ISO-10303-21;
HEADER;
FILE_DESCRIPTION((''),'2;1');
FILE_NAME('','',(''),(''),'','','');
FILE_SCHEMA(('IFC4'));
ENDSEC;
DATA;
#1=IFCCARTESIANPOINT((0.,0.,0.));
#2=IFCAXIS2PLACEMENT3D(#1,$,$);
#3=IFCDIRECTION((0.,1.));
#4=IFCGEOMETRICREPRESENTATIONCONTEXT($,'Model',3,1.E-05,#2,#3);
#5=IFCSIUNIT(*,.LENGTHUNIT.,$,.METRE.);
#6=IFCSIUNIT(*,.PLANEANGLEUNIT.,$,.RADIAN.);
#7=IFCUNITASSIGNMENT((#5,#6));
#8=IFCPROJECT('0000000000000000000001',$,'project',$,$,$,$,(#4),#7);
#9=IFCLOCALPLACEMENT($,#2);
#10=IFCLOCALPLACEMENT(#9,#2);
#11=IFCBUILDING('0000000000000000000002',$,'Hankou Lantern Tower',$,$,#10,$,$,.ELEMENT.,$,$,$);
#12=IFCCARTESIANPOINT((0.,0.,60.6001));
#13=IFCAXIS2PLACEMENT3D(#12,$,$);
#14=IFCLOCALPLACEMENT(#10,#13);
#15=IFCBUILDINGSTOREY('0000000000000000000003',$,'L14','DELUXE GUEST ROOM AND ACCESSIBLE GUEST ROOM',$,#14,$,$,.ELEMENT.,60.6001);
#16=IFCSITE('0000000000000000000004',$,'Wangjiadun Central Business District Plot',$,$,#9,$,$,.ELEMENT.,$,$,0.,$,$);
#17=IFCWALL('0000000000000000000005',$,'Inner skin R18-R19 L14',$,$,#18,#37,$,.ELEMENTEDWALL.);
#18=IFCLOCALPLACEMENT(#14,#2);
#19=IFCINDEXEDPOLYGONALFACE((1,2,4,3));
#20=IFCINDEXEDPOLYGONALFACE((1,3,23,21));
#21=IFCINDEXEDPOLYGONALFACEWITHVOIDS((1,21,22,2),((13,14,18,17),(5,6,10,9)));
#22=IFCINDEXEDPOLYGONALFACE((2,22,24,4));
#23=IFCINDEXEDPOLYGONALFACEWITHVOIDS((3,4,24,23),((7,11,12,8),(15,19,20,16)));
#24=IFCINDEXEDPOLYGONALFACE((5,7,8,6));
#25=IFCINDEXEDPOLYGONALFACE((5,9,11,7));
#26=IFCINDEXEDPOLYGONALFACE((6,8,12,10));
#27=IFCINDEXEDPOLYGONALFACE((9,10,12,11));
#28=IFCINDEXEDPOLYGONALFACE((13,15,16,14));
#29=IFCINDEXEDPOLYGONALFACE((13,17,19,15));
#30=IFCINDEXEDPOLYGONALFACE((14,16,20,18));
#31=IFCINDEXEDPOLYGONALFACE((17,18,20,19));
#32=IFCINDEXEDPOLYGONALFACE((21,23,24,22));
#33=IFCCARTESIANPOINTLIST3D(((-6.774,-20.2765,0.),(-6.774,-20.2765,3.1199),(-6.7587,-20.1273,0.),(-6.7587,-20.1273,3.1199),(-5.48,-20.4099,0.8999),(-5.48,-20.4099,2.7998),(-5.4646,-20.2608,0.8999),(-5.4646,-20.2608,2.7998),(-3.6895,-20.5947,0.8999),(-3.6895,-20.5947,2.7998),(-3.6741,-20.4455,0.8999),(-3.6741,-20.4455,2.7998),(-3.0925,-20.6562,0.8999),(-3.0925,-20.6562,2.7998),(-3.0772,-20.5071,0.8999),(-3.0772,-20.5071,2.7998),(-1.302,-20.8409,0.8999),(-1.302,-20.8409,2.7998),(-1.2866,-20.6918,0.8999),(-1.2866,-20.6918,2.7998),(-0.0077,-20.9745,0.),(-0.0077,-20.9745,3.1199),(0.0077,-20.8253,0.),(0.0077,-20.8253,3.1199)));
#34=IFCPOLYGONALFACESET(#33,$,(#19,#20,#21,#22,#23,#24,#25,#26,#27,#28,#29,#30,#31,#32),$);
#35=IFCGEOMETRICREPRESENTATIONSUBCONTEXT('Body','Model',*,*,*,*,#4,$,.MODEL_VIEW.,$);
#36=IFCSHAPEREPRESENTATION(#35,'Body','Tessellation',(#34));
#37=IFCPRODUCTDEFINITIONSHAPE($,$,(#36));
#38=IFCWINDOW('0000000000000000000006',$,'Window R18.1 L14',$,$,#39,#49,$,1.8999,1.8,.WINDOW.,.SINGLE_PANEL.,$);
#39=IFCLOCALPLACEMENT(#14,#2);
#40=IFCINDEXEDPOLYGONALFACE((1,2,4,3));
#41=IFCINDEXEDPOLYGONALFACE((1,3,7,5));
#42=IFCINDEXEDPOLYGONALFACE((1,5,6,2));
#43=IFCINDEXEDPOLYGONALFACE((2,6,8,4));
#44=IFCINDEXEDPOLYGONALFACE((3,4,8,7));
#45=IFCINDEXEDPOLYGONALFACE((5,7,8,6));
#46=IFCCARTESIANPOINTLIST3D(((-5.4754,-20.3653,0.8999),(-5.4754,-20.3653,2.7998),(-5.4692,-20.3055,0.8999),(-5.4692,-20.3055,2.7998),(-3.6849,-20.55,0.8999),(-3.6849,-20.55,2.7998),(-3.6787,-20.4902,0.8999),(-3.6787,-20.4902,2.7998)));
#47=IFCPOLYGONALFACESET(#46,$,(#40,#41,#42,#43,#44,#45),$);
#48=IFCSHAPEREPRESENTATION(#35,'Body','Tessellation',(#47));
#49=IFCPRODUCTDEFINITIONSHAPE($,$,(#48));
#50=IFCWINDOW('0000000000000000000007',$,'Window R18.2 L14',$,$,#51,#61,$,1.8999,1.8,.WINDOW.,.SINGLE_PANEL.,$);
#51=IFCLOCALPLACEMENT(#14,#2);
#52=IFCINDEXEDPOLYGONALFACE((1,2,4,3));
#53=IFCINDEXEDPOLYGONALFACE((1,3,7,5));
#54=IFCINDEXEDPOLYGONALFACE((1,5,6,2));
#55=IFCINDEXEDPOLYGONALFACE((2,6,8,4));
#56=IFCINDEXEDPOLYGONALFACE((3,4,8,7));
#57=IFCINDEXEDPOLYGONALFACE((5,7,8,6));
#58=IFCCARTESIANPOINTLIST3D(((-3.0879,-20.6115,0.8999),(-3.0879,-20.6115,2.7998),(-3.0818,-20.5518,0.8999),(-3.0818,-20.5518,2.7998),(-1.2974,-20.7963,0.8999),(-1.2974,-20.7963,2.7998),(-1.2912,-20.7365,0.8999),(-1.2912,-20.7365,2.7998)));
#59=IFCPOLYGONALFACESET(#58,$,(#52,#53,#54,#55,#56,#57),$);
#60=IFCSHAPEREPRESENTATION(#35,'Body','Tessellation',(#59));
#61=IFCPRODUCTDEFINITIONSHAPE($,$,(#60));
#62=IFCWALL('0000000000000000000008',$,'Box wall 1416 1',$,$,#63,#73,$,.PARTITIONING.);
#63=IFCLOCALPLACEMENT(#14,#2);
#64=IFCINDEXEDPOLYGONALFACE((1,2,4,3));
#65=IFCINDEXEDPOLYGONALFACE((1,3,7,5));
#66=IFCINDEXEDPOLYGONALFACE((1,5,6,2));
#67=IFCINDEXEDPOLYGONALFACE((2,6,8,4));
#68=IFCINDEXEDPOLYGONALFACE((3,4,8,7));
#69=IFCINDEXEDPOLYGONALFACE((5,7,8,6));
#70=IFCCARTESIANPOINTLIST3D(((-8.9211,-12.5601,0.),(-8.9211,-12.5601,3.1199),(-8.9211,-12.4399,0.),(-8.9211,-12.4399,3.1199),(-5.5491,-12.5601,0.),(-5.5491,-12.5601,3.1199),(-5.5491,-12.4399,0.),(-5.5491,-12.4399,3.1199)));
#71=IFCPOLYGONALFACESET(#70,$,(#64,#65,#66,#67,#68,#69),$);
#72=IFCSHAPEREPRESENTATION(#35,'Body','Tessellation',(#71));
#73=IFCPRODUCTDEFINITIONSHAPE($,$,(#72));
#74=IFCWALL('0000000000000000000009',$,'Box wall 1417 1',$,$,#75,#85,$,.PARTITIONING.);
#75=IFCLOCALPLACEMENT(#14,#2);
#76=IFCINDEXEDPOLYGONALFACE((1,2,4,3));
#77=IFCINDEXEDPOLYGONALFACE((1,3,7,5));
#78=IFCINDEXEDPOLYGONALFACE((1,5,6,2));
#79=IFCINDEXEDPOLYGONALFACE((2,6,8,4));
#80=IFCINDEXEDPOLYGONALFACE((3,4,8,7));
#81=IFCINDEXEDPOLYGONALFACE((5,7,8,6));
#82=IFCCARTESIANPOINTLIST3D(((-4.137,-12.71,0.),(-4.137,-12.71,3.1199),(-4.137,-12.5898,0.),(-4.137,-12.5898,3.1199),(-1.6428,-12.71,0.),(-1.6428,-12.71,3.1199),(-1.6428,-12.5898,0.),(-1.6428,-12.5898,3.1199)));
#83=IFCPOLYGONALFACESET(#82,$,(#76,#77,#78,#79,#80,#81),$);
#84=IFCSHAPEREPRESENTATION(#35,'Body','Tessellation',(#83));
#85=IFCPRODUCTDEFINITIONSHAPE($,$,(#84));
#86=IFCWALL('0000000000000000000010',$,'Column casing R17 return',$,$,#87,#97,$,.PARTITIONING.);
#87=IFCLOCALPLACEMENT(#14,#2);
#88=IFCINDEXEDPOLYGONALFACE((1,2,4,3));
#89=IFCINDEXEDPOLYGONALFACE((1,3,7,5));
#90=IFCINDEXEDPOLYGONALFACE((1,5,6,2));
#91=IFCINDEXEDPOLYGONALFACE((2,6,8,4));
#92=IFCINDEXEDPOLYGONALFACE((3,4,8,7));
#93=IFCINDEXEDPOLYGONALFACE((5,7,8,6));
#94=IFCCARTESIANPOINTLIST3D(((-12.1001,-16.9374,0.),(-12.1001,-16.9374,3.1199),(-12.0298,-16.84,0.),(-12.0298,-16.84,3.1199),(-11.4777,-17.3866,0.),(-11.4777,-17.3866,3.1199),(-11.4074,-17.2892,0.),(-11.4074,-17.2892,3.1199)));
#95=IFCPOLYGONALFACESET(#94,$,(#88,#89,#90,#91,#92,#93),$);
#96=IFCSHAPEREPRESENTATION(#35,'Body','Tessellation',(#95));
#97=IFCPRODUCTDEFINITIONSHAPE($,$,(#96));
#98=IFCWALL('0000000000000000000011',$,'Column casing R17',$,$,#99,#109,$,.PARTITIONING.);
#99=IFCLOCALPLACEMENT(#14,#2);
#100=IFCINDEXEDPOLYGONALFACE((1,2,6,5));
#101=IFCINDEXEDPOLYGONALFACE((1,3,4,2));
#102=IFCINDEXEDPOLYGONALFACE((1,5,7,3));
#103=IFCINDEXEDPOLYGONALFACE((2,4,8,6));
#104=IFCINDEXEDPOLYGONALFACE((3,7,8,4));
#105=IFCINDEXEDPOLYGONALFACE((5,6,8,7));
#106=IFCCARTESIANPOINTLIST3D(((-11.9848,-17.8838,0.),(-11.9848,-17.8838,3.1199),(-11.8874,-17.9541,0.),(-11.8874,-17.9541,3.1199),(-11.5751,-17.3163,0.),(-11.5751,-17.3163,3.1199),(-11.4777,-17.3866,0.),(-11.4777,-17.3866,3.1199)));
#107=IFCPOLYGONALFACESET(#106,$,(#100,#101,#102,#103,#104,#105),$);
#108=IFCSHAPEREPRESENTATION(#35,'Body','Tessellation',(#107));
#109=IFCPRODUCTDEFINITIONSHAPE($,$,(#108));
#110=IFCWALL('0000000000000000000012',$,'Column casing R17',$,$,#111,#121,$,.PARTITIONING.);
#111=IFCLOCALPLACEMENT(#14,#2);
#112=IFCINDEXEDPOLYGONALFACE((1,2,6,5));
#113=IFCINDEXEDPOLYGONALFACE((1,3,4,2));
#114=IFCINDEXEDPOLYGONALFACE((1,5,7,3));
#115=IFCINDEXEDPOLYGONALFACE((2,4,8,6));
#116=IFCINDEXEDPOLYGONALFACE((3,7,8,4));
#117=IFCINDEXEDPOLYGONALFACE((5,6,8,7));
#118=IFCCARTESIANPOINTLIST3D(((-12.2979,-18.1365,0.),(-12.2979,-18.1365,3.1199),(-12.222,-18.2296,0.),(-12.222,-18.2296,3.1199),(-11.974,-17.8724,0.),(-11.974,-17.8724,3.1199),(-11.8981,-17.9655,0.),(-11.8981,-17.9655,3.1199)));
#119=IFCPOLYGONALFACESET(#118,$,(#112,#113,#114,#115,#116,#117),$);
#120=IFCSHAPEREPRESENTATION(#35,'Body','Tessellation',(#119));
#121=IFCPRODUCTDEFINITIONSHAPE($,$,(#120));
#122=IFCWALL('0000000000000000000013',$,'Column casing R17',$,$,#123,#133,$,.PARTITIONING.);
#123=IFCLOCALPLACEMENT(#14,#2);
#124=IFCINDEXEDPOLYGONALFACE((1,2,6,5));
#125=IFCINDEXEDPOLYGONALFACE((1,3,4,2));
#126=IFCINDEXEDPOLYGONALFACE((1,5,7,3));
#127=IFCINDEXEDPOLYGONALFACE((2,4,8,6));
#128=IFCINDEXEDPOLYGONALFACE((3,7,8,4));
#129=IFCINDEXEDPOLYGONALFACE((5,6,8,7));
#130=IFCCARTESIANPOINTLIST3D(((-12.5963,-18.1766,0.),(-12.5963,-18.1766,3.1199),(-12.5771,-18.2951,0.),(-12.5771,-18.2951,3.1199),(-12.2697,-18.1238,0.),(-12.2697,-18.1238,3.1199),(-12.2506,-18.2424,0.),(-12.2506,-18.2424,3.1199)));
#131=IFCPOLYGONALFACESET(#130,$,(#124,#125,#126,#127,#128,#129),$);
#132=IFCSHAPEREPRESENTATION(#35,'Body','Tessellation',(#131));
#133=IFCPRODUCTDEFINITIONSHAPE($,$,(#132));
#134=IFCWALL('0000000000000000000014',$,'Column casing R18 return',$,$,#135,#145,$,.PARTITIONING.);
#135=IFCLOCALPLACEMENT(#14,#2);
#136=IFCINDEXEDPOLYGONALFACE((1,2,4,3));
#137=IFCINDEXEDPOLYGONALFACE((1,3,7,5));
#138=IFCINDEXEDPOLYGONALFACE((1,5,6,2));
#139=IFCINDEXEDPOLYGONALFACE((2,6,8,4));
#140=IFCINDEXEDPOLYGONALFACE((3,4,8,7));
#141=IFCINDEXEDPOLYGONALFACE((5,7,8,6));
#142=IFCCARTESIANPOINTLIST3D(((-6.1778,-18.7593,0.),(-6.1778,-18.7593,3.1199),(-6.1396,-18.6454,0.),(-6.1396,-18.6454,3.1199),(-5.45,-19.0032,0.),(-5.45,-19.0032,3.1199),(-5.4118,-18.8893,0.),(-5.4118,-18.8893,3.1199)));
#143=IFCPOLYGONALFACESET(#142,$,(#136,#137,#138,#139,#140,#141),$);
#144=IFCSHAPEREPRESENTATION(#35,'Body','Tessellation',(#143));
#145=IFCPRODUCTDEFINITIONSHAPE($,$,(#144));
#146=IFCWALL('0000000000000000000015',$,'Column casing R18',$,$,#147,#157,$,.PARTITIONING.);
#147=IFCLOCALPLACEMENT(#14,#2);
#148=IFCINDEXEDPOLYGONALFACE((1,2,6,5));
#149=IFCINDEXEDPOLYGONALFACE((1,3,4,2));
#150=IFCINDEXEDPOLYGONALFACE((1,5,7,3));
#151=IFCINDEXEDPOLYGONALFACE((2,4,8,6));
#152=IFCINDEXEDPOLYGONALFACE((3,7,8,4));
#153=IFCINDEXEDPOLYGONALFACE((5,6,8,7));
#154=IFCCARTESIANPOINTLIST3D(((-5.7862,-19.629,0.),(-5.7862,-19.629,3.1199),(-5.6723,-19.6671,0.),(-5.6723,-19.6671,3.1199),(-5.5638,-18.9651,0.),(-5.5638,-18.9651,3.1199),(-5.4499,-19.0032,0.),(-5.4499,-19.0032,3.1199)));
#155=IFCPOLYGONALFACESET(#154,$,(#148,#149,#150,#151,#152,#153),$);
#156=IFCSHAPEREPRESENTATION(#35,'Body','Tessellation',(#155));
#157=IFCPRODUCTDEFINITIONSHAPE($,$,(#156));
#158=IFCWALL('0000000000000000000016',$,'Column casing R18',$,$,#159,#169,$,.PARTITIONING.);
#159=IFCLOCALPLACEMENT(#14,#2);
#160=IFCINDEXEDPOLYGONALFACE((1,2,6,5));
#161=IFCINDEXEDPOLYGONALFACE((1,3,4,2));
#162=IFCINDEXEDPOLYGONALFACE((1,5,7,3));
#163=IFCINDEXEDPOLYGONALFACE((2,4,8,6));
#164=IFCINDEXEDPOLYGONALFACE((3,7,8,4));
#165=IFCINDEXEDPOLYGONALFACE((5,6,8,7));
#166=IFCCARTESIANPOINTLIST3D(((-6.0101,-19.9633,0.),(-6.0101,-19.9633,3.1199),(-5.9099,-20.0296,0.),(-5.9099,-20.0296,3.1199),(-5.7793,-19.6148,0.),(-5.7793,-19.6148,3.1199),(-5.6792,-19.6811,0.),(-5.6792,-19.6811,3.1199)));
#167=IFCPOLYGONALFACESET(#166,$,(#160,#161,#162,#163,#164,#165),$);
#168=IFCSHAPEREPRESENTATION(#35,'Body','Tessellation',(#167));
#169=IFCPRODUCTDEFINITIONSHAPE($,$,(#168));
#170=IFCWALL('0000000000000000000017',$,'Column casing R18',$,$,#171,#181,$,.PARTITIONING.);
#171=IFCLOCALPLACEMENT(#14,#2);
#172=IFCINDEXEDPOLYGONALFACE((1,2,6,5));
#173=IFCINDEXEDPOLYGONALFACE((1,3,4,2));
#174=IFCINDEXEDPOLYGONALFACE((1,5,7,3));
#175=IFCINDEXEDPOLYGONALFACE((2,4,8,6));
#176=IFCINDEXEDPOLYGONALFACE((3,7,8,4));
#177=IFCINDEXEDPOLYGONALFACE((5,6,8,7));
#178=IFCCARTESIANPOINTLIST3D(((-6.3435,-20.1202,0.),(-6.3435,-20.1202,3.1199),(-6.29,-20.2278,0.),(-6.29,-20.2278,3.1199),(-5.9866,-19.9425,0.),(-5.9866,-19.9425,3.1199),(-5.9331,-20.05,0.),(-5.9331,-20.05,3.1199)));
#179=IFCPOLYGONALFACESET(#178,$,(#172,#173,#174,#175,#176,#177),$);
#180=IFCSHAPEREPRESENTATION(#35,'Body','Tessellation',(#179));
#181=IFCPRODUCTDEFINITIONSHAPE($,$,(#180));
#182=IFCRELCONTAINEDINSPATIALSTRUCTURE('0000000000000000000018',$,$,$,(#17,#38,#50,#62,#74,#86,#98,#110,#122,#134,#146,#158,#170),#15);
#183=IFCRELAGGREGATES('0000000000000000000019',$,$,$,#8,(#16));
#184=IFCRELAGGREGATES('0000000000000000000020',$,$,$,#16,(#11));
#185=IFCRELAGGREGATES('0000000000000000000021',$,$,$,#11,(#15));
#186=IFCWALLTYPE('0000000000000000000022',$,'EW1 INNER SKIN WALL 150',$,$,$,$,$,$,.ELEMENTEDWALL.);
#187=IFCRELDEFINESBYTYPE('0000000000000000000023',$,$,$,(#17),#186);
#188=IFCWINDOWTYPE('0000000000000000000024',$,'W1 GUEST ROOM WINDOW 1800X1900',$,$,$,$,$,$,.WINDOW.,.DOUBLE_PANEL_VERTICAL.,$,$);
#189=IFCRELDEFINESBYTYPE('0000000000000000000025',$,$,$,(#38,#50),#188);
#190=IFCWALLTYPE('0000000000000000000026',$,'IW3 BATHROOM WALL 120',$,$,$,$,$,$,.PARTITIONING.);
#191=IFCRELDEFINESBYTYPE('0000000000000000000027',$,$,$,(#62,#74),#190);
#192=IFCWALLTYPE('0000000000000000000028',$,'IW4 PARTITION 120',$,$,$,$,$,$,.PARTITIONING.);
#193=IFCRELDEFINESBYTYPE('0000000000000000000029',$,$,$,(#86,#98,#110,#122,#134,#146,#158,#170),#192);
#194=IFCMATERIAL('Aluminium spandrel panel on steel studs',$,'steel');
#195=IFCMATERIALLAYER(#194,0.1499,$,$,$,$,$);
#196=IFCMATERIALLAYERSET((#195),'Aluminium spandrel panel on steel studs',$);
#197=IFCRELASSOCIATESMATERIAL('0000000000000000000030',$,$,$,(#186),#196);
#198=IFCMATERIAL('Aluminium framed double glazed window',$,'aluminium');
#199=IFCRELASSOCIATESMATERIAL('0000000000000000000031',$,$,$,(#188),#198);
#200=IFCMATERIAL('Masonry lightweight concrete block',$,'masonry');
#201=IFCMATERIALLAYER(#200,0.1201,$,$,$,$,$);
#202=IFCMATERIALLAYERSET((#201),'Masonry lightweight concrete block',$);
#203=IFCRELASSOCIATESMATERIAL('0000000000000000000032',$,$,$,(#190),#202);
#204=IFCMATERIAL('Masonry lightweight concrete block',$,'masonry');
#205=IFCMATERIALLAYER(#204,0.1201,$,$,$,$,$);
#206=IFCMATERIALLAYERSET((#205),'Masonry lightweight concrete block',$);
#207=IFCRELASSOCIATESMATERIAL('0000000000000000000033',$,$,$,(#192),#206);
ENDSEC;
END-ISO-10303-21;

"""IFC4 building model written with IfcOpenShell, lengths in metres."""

from ifc_helpers import new_model, si_unit, direction, frame, frame_2d, origin, place, context, subcontext, project, spatial, rectangle, extrude, material, layer, layer_set, type_object, element, fill, save


model = new_model("IFC4")

# Units and contexts
model_context = context("Model", 3, precision=1e-05, world=origin(), true_north=direction((0.0, 1.0)))
body_context = subcontext(model_context, "Body", "Model", "MODEL_VIEW")
ifc_project = project(units=[si_unit("LENGTHUNIT", "METRE"), si_unit("PLANEANGLEUNIT", "RADIAN")], contexts=[model_context])

# Site, building, storey
site_placement = place(None, origin())
site = spatial("IfcSite", under=ifc_project, at=site_placement, Name="Wangjiadun Central Business District Plot", CompositionType="ELEMENT", RefElevation=0.0)
building_placement = place(site_placement, origin())
building = spatial("IfcBuilding", under=site, at=building_placement, Name="Hankou Lantern Tower", CompositionType="ELEMENT")
storey_placement = place(building_placement, frame((0.0, 0.0, 60.6001)))
storey = spatial("IfcBuildingStorey", under=building, at=storey_placement, Name="L14", Description="DELUXE GUEST ROOM AND ACCESSIBLE GUEST ROOM", CompositionType="ELEMENT", Elevation=60.6001)

# Wall, openings, windows
ifc_material_1 = material(Name="Aluminium spandrel panel on steel studs", Category="steel")
ifc_layer_1 = layer(ifc_material_1, 0.1499)
ifc_layer_set_1 = layer_set([ifc_layer_1], Name="Aluminium spandrel panel on steel studs")
wall_type_1 = type_object("IfcWallType", Name="EW1 INNER SKIN WALL 150", PredefinedType="ELEMENTEDWALL", material=ifc_layer_set_1)
wall_1_placement = place(storey_placement, frame((-6.7664, -20.2019, 0.0), z_axis=(0.0, 0.0, 1.0), x_axis=(0.994721, -0.102613, 0.0)))
wall_1 = element("IfcWall", 1, at=wall_1_placement, inside=storey, type_object=wall_type_1, Name="Inner skin R18-R19 L14", PredefinedType="ELEMENTEDWALL", context=body_context, shape_type="SweptSolid", body=[
    extrude(rectangle(XDim=6.8022, YDim=0.1499, at=frame_2d((3.4011, 0.0))), origin(), (0.0, 0.0, 1.0), 3.1199),
])
opening_1_placement = place(wall_1_placement, frame((1.301, 0.0, 0.8999)))
opening_1 = element("IfcOpeningElement", 2, at=opening_1_placement, cuts=wall_1, PredefinedType="OPENING", context=body_context, shape_type="SweptSolid", body=[
    extrude(rectangle(XDim=1.8, YDim=1.8999, at=frame_2d((0.8999, 0.95))), frame((0.0, 0.085, 0.0), z_axis=(0.0, -1.0, 0.0), x_axis=(1.0, 0.0, 0.0)), (0.0, 0.0, 1.0), 0.1699),
])
opening_2_placement = place(wall_1_placement, frame((3.7012, 0.0, 0.8999)))
opening_2 = element("IfcOpeningElement", 3, at=opening_2_placement, cuts=wall_1, PredefinedType="OPENING", context=body_context, shape_type="SweptSolid", body=[
    extrude(rectangle(XDim=1.8, YDim=1.8999, at=frame_2d((0.8999, 0.95))), frame((0.0, 0.085, 0.0), z_axis=(0.0, -1.0, 0.0), x_axis=(1.0, 0.0, 0.0)), (0.0, 0.0, 1.0), 0.1699),
])
ifc_material_2 = material(Name="Aluminium framed double glazed window", Category="aluminium")
window_type = type_object("IfcWindowType", Name="W1 GUEST ROOM WINDOW 1800X1900", PartitioningType="DOUBLE_PANEL_VERTICAL", PredefinedType="WINDOW", material=ifc_material_2)
window_1_placement = place(opening_1_placement, origin())
window_1 = element("IfcWindow", 4, at=window_1_placement, inside=storey, type_object=window_type, Name="Window R18.1 L14", OverallHeight=1.8999, OverallWidth=1.8, PartitioningType="SINGLE_PANEL", PredefinedType="WINDOW", context=body_context, shape_type="SweptSolid", body=[
    extrude(rectangle(XDim=1.8, YDim=1.8999, at=frame_2d((0.8999, 0.95))), frame((0.0, 0.03, 0.0), z_axis=(0.0, -1.0, 0.0), x_axis=(1.0, 0.0, 0.0)), (0.0, 0.0, 1.0), 0.0601),
])
fill(opening_1, window_1)
window_2_placement = place(opening_2_placement, origin())
window_2 = element("IfcWindow", 5, at=window_2_placement, inside=storey, type_object=window_type, Name="Window R18.2 L14", OverallHeight=1.8999, OverallWidth=1.8, PartitioningType="SINGLE_PANEL", PredefinedType="WINDOW", context=body_context, shape_type="SweptSolid", body=[
    extrude(rectangle(XDim=1.8, YDim=1.8999, at=frame_2d((0.8999, 0.95))), frame((0.0, 0.03, 0.0), z_axis=(0.0, -1.0, 0.0), x_axis=(1.0, 0.0, 0.0)), (0.0, 0.0, 1.0), 0.0601),
])
fill(opening_2, window_2)

# Walls
ifc_material_3 = material(Name="Masonry lightweight concrete block", Category="masonry")
ifc_layer_2 = layer(ifc_material_3, 0.1201)
ifc_layer_set_2 = layer_set([ifc_layer_2], Name="Masonry lightweight concrete block")
wall_type_2 = type_object("IfcWallType", Name="IW3 BATHROOM WALL 120", PredefinedType="PARTITIONING", material=ifc_layer_set_2)
wall_2_placement = place(storey_placement, frame((-8.9211, -12.5, 0.0), z_axis=(0.0, 0.0, 1.0), x_axis=(1.0, 0.0, 0.0)))
element("IfcWall", 6, at=wall_2_placement, inside=storey, type_object=wall_type_2, Name="Box wall 1416 1", PredefinedType="PARTITIONING", context=body_context, shape_type="SweptSolid", body=[
    extrude(rectangle(XDim=3.3721, YDim=0.1201, at=frame_2d((1.686, 0.0))), origin(), (0.0, 0.0, 1.0), 3.1199),
])
wall_3_placement = place(storey_placement, frame((-4.137, -12.6499, 0.0), z_axis=(0.0, 0.0, 1.0), x_axis=(1.0, 0.0, 0.0)))
element("IfcWall", 7, at=wall_3_placement, inside=storey, type_object=wall_type_2, Name="Box wall 1417 1", PredefinedType="PARTITIONING", context=body_context, shape_type="SweptSolid", body=[
    extrude(rectangle(XDim=2.4941, YDim=0.1201, at=frame_2d((1.2471, 0.0))), origin(), (0.0, 0.0, 1.0), 3.1199),
])
ifc_material_4 = material(Name="Masonry lightweight concrete block", Category="masonry")
ifc_layer_3 = layer(ifc_material_4, 0.1201)
ifc_layer_set_3 = layer_set([ifc_layer_3], Name="Masonry lightweight concrete block")
wall_type_3 = type_object("IfcWallType", Name="IW4 PARTITION 120", PredefinedType="PARTITIONING", material=ifc_layer_set_3)
wall_4_placement = place(storey_placement, frame((-12.0649, -16.8887, 0.0), z_axis=(0.0, 0.0, 1.0), x_axis=(0.810822, -0.585293, 0.0)))
element("IfcWall", 8, at=wall_4_placement, inside=storey, type_object=wall_type_3, Name="Column casing R17 return", PredefinedType="PARTITIONING", context=body_context, shape_type="SweptSolid", body=[
    extrude(rectangle(XDim=0.7676, YDim=0.1201, at=frame_2d((0.3838, 0.0))), origin(), (0.0, 0.0, 1.0), 3.1199),
])
wall_5_placement = place(storey_placement, frame((-11.5264, -17.3513, 0.0), z_axis=(0.0, 0.0, 1.0), x_axis=(-0.585223, -0.810872, 0.0)))
element("IfcWall", 9, at=wall_5_placement, inside=storey, type_object=wall_type_3, Name="Column casing R17", PredefinedType="PARTITIONING", context=body_context, shape_type="SweptSolid", body=[
    extrude(rectangle(XDim=0.7, YDim=0.1201, at=frame_2d((0.3501, 0.0))), origin(), (0.0, 0.0, 1.0), 3.1199),
])
wall_6_placement = place(storey_placement, frame((-11.936, -17.9189, 0.0), z_axis=(0.0, 0.0, 1.0), x_axis=(-0.775023, -0.631933, 0.0)))
element("IfcWall", 10, at=wall_6_placement, inside=storey, type_object=wall_type_3, Name="Column casing R17", PredefinedType="PARTITIONING", context=body_context, shape_type="SweptSolid", body=[
    extrude(rectangle(XDim=0.418, YDim=0.1201, at=frame_2d((0.209, 0.0))), origin(), (0.0, 0.0, 1.0), 3.1199),
])
wall_7_placement = place(storey_placement, frame((-12.26, -18.1831, 0.0), z_axis=(0.0, 0.0, 1.0), x_axis=(-0.987219, -0.159372, 0.0)))
element("IfcWall", 11, at=wall_7_placement, inside=storey, type_object=wall_type_3, Name="Column casing R17", PredefinedType="PARTITIONING", context=body_context, shape_type="SweptSolid", body=[
    extrude(rectangle(XDim=0.3308, YDim=0.1201, at=frame_2d((0.1655, 0.0))), origin(), (0.0, 0.0, 1.0), 3.1199),
])
wall_8_placement = place(storey_placement, frame((-6.1587, -18.7024, 0.0), z_axis=(0.0, 0.0, 1.0), x_axis=(0.948173, -0.317754, 0.0)))
element("IfcWall", 12, at=wall_8_placement, inside=storey, type_object=wall_type_3, Name="Column casing R18 return", PredefinedType="PARTITIONING", context=body_context, shape_type="SweptSolid", body=[
    extrude(rectangle(XDim=0.7676, YDim=0.1201, at=frame_2d((0.3838, 0.0))), origin(), (0.0, 0.0, 1.0), 3.1199),
])
wall_9_placement = place(storey_placement, frame((-5.5068, -18.9841, 0.0), z_axis=(0.0, 0.0, 1.0), x_axis=(-0.317692, -0.948194, 0.0)))
element("IfcWall", 13, at=wall_9_placement, inside=storey, type_object=wall_type_3, Name="Column casing R18", PredefinedType="PARTITIONING", context=body_context, shape_type="SweptSolid", body=[
    extrude(rectangle(XDim=0.7002, YDim=0.1201, at=frame_2d((0.3501, 0.0))), origin(), (0.0, 0.0, 1.0), 3.1199),
])
wall_10_placement = place(storey_placement, frame((-5.7292, -19.6479, 0.0), z_axis=(0.0, 0.0, 1.0), x_axis=(-0.552136, -0.833754, 0.0)))
element("IfcWall", 14, at=wall_10_placement, inside=storey, type_object=wall_type_3, Name="Column casing R18", PredefinedType="PARTITIONING", context=body_context, shape_type="SweptSolid", body=[
    extrude(rectangle(XDim=0.418, YDim=0.1201, at=frame_2d((0.209, 0.0))), origin(), (0.0, 0.0, 1.0), 3.1199),
])
wall_11_placement = place(storey_placement, frame((-5.96, -19.9963, 0.0), z_axis=(0.0, 0.0, 1.0), x_axis=(-0.895161, -0.445744, 0.0)))
element("IfcWall", 15, at=wall_11_placement, inside=storey, type_object=wall_type_3, Name="Column casing R18", PredefinedType="PARTITIONING", context=body_context, shape_type="SweptSolid", body=[
    extrude(rectangle(XDim=0.3987, YDim=0.1201, at=frame_2d((0.1992, 0.0))), origin(), (0.0, 0.0, 1.0), 3.1199),
])

save(model, "model.ifc")
